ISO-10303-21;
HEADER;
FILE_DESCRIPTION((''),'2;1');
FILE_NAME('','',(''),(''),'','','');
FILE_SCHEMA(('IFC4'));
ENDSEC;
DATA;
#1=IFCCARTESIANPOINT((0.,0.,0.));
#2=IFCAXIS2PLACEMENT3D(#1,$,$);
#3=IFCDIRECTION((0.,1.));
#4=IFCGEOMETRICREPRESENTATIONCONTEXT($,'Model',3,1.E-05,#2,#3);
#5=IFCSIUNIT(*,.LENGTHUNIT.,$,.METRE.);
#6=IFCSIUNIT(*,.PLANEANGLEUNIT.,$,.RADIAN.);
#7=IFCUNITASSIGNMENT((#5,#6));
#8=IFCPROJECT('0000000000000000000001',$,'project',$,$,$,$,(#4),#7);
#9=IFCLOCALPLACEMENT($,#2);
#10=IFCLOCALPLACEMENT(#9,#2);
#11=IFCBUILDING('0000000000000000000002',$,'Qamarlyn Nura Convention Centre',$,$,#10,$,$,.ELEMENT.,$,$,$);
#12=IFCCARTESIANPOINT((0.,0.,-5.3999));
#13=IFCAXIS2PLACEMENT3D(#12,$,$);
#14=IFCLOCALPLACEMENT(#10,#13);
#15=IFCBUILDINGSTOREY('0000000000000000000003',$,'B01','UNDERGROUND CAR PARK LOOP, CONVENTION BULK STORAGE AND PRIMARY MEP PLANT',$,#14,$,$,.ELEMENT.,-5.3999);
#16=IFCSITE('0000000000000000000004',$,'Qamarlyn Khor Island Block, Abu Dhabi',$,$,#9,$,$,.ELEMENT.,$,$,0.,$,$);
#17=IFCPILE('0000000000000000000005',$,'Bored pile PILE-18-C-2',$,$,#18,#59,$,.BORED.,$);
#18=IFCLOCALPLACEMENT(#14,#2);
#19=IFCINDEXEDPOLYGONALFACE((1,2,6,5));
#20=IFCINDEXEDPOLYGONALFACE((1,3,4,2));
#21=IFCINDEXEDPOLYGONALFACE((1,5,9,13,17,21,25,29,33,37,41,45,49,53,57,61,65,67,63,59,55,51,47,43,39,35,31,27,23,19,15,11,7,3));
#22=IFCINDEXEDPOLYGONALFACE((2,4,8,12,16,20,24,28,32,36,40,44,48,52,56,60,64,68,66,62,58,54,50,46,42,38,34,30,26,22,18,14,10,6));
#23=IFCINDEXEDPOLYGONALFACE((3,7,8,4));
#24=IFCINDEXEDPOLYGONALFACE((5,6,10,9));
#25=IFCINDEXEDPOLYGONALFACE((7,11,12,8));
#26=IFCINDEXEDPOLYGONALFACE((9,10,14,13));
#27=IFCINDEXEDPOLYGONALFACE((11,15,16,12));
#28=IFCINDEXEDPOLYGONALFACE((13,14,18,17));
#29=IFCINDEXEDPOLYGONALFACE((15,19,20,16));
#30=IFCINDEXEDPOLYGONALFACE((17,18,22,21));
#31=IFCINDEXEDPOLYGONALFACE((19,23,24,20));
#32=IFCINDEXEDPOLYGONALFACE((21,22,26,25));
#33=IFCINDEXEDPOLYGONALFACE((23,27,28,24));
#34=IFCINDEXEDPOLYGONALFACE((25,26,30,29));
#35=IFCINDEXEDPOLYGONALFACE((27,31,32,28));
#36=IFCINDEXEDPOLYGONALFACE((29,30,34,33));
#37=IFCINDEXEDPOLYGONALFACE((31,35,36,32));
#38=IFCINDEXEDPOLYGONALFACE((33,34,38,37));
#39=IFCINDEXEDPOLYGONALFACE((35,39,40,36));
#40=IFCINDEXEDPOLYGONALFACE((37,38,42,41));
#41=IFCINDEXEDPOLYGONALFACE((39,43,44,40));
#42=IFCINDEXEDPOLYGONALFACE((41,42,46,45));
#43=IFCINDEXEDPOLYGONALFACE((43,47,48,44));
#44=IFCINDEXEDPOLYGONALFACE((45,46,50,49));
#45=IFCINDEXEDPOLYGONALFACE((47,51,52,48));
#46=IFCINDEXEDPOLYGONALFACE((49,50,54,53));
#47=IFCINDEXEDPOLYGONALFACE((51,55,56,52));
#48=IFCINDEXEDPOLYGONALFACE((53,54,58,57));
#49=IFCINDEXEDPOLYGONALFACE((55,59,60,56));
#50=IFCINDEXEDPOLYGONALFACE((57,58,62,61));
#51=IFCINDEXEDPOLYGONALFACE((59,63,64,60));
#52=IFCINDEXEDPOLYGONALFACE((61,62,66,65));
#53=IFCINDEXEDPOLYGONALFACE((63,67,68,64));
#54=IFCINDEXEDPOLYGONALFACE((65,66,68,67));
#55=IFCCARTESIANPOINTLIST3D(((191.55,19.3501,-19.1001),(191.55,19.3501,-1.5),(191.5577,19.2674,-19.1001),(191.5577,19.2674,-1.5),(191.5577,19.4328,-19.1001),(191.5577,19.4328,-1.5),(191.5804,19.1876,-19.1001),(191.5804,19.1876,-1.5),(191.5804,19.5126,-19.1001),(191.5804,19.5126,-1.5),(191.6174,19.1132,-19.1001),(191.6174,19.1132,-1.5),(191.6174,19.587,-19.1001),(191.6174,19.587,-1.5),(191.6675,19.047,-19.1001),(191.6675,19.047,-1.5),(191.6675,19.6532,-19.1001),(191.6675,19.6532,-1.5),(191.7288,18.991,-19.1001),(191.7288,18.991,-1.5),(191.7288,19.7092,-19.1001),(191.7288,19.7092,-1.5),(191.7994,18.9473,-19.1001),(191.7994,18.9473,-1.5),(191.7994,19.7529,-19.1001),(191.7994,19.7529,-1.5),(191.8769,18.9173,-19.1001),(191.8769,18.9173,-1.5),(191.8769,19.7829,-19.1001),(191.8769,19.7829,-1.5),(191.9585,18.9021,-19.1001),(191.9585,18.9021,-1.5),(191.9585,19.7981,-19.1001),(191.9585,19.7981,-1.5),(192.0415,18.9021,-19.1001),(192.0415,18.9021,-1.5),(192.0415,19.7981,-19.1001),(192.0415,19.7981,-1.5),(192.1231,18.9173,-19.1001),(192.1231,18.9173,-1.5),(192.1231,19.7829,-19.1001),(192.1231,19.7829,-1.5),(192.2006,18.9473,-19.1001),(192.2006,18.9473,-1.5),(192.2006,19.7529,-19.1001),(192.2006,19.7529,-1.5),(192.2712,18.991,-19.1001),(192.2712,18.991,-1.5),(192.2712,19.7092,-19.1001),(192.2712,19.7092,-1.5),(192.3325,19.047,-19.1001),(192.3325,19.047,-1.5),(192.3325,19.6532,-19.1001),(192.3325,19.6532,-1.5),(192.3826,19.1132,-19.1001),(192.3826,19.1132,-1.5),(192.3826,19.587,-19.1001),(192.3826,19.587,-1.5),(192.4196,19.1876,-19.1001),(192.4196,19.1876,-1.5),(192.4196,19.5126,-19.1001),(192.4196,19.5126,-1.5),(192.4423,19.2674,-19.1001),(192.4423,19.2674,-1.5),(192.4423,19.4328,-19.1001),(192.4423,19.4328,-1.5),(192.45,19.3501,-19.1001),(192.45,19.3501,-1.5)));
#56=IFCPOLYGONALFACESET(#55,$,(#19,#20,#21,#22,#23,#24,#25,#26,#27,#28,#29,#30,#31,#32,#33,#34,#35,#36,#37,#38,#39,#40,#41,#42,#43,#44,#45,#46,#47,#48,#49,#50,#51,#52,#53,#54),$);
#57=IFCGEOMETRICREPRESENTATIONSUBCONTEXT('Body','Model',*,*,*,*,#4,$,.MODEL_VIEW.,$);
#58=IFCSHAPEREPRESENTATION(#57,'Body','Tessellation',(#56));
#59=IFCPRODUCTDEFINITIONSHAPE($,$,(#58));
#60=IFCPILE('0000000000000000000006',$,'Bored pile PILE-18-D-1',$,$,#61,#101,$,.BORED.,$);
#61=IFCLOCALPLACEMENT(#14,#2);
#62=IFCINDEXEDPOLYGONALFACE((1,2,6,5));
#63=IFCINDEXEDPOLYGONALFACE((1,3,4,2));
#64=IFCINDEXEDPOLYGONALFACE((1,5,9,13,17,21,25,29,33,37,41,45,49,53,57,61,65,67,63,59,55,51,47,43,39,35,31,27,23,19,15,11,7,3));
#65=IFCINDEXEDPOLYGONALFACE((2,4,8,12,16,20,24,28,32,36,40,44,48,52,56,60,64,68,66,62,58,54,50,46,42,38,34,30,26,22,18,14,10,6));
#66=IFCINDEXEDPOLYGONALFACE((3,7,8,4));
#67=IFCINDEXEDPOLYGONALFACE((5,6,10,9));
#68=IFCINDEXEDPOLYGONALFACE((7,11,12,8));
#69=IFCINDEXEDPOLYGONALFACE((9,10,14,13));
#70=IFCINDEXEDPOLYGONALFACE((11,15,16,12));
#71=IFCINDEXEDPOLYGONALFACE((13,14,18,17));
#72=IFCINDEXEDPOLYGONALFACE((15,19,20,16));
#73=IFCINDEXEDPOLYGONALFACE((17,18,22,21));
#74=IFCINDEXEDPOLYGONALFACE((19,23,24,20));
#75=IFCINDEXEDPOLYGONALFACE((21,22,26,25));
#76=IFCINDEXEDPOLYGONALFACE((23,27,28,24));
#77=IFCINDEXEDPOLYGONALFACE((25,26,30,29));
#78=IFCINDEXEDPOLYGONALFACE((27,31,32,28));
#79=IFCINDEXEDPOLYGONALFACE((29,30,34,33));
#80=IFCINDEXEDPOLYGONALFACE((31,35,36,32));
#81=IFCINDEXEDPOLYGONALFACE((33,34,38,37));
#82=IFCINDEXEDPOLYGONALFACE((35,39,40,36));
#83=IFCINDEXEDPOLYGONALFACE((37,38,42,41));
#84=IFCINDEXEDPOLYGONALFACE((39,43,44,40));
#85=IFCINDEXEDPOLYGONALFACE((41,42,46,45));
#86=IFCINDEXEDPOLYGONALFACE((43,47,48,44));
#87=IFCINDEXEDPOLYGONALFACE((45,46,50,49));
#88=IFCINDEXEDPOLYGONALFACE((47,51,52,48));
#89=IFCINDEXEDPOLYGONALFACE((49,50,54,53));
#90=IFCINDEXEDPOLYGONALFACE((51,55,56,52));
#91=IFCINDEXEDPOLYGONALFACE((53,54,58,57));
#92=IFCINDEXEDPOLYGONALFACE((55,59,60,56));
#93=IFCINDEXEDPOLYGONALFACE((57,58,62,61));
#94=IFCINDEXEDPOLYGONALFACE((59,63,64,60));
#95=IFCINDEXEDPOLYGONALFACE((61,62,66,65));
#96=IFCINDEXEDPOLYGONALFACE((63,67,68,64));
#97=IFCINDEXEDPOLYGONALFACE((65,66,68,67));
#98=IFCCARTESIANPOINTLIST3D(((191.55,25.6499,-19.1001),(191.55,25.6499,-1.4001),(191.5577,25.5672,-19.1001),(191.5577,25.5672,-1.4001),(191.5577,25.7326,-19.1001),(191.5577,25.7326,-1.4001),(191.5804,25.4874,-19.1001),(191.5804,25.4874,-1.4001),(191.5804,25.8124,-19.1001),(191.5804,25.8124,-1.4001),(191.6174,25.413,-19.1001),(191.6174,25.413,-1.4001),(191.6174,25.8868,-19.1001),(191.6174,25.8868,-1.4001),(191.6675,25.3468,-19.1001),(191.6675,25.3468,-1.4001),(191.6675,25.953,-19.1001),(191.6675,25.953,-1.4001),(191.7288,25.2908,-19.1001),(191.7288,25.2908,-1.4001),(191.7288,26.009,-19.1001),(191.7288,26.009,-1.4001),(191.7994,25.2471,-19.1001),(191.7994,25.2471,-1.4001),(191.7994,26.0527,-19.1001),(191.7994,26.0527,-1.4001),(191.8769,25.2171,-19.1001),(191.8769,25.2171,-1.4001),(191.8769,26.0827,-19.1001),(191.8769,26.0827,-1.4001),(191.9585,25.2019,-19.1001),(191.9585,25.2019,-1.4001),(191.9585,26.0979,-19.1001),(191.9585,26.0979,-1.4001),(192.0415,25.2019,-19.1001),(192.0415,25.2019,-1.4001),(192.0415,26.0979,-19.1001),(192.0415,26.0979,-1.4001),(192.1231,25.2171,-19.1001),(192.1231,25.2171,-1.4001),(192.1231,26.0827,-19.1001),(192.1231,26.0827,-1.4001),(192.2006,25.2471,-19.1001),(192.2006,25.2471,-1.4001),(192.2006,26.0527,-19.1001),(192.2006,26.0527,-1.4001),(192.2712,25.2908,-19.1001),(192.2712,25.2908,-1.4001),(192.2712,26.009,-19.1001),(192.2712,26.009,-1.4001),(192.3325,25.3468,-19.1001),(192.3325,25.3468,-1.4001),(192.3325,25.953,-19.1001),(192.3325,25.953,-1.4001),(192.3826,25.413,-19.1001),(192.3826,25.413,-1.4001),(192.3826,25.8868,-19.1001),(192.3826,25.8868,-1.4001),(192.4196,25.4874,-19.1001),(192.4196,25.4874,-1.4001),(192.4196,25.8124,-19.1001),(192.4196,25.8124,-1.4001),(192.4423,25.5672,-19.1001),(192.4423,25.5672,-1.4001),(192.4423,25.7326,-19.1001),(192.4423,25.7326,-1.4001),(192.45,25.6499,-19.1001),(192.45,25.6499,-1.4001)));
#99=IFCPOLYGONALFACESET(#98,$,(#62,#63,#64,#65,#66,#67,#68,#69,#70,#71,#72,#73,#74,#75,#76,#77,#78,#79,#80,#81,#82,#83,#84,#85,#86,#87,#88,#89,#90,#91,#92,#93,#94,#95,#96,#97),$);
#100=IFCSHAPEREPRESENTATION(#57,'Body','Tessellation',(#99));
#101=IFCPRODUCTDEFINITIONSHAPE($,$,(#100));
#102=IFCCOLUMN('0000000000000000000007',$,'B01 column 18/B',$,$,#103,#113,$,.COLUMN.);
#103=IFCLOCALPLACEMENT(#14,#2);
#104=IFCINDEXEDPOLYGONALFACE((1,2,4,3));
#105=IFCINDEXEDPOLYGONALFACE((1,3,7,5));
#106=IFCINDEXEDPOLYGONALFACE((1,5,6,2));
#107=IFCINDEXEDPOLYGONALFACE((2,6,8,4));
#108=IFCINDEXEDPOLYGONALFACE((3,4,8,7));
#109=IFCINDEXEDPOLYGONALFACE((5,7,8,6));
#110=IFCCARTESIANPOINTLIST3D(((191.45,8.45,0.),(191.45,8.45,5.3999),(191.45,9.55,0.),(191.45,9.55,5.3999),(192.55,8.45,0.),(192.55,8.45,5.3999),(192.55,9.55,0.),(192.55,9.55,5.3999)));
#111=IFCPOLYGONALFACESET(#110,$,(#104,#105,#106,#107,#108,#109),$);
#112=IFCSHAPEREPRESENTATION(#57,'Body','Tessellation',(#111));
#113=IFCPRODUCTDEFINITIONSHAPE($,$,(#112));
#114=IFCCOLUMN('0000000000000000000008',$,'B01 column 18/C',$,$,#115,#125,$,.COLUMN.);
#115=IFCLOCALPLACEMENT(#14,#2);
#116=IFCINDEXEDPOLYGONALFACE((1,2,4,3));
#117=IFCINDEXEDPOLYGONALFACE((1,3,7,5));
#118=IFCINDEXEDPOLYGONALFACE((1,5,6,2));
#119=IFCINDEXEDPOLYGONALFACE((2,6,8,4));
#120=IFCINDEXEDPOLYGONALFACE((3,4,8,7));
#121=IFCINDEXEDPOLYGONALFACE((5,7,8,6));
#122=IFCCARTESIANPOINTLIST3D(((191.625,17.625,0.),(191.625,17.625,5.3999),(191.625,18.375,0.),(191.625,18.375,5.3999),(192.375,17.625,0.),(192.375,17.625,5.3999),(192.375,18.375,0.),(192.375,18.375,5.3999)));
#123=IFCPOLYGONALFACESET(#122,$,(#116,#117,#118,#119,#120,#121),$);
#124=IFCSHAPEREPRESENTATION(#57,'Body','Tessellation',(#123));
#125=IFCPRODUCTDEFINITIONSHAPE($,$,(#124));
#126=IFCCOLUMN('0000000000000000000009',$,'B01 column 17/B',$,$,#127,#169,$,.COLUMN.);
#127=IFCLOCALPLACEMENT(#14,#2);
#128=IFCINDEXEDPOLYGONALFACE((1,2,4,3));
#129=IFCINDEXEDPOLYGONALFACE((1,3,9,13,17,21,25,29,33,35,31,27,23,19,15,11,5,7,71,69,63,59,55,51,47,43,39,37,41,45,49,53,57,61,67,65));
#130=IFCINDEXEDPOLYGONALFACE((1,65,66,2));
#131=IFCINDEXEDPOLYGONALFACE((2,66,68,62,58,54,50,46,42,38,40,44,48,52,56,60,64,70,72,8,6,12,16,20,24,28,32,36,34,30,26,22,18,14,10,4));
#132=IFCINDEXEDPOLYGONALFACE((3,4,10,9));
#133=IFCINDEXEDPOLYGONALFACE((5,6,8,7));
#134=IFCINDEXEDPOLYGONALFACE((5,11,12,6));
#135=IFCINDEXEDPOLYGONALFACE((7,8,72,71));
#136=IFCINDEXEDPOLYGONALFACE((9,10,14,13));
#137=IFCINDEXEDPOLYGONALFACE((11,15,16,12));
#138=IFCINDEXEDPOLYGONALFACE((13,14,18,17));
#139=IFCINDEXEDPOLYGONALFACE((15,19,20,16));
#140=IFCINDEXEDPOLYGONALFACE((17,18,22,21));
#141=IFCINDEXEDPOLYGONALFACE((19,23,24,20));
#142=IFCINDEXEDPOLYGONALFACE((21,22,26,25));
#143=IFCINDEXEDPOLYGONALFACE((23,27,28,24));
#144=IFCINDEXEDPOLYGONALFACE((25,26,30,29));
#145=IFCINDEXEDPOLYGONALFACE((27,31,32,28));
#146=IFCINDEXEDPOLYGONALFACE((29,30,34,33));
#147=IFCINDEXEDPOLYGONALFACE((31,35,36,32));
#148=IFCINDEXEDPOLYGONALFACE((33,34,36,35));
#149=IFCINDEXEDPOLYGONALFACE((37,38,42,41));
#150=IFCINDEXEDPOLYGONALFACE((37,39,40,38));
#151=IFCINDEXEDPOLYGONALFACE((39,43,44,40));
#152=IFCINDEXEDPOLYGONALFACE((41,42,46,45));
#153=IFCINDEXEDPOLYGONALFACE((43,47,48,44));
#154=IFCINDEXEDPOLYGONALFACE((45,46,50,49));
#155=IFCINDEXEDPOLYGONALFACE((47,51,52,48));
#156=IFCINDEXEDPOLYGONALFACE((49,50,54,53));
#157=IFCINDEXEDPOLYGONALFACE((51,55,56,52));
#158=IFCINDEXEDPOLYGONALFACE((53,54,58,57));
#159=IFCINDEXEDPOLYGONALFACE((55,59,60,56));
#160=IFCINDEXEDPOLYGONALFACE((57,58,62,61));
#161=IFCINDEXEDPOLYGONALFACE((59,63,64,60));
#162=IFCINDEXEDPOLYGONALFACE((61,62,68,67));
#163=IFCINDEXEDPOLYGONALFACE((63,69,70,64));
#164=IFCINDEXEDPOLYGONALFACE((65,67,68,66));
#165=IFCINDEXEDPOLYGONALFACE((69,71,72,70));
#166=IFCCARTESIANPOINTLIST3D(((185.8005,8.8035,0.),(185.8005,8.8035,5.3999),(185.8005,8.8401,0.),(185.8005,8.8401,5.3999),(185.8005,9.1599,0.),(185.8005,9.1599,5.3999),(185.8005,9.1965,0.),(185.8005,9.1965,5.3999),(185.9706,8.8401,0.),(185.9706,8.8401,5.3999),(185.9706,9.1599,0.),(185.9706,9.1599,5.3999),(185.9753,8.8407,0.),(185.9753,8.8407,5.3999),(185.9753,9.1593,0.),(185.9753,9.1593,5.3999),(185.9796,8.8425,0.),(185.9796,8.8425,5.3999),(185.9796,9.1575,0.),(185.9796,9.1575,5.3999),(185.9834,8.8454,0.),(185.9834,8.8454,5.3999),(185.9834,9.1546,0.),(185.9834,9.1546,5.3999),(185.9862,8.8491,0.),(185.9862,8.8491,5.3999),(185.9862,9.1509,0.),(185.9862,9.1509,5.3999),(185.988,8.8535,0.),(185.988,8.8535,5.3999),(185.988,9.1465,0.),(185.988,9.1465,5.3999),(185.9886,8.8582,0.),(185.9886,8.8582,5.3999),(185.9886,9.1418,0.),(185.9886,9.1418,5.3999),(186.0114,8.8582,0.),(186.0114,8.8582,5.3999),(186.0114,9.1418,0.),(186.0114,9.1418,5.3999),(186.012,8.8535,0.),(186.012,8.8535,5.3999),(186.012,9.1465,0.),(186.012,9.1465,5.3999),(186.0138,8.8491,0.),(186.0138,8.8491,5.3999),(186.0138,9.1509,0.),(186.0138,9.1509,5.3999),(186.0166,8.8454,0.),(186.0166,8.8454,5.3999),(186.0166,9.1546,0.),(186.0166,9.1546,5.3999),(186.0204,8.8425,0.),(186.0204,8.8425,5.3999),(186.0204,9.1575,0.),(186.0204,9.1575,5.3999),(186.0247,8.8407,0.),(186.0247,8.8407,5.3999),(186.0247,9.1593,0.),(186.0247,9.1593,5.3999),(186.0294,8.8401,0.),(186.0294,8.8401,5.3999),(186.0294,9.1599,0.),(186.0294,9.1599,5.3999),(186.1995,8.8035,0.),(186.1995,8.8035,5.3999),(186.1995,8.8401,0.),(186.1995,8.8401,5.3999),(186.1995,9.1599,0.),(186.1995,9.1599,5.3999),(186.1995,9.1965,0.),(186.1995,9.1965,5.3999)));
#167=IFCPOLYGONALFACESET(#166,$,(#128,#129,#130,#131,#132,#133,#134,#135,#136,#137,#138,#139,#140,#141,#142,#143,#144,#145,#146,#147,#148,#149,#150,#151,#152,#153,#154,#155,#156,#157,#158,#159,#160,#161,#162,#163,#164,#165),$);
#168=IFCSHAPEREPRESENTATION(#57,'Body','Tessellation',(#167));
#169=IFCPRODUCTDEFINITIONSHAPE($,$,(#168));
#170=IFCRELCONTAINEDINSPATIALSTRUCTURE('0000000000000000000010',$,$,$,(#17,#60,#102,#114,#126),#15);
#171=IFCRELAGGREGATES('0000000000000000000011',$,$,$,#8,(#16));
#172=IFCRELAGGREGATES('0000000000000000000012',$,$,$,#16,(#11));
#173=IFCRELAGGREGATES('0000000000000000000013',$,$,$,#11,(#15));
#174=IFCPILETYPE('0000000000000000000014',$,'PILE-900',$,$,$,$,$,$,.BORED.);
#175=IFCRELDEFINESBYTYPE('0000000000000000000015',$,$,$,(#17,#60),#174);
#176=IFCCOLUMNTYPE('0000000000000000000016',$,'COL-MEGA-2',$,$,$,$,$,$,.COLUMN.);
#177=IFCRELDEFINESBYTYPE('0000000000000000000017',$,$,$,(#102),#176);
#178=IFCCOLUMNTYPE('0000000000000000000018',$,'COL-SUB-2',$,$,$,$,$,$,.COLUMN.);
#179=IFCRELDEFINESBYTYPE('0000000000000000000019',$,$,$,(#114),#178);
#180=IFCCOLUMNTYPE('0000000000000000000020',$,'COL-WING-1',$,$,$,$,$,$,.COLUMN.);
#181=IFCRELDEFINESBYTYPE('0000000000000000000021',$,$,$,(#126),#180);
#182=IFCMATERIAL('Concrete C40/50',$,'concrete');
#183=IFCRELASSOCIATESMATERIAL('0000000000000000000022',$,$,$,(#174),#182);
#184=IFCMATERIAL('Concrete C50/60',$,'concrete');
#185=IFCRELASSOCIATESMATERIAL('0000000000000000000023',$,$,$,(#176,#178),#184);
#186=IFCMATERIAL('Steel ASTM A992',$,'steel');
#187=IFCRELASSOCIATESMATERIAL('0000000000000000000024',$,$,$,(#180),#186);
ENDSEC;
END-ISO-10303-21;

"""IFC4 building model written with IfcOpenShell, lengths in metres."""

from ifc_helpers import new_model, si_unit, direction, frame, origin, origin_2d, place, context, subcontext, project, spatial, rectangle, circle, i_section, extrude, material, material_profile, profile_set, type_object, element, save


model = new_model("IFC4")

# Units and contexts
model_context = context("Model", 3, precision=1e-05, world=origin(), true_north=direction((0.0, 1.0)))
body_context = subcontext(model_context, "Body", "Model", "MODEL_VIEW")
ifc_project = project(units=[si_unit("LENGTHUNIT", "METRE"), si_unit("PLANEANGLEUNIT", "RADIAN")], contexts=[model_context])

# Site, building, storey
site_placement = place(None, origin())
site = spatial("IfcSite", under=ifc_project, at=site_placement, Name="Qamarlyn Khor Island Block, Abu Dhabi", CompositionType="ELEMENT", RefElevation=0.0)
building_placement = place(site_placement, origin())
building = spatial("IfcBuilding", under=site, at=building_placement, Name="Qamarlyn Nura Convention Centre", CompositionType="ELEMENT")
storey_placement = place(building_placement, frame((0.0, 0.0, -5.3999)))
storey = spatial("IfcBuildingStorey", under=building, at=storey_placement, Name="B01", Description="UNDERGROUND CAR PARK LOOP, CONVENTION BULK STORAGE AND PRIMARY MEP PLANT", CompositionType="ELEMENT", Elevation=-5.3999)

# Shared definitions
ifc_material_1 = material(Name="Concrete C40/50", Category="concrete")

# Piles
ifc_material_profile_1 = material_profile(ifc_material_1, circle(Radius=0.45, at=origin_2d()), Name="BORED PILE 900")
ifc_profile_set_1 = profile_set([ifc_material_profile_1], Name="Concrete C40/50")
pile_type = type_object("IfcPileType", Name="PILE-900", PredefinedType="BORED", material=ifc_profile_set_1)
for number, where, z_axis, x_axis, name in (
    (1, (192.0, 19.3501, -1.5), (0.0, 0.0, -1.0), (1.0, 0.0, 0.0), "Bored pile PILE-18-C-2"),
):
    element("IfcPile", number, at=place(storey_placement, frame(where, z_axis=z_axis, x_axis=x_axis)), inside=storey, type_object=pile_type, Name=name, PredefinedType="BORED", context=body_context, shape_type="SweptSolid", body=[
        extrude(circle(Radius=0.45, at=origin_2d()), origin(), (0.0, 0.0, 1.0), 17.6001),
    ])
pile_1_placement = place(storey_placement, frame((192.0, 25.6499, -1.4001), z_axis=(0.0, 0.0, -1.0), x_axis=(1.0, 0.0, 0.0)))
element("IfcPile", 2, at=pile_1_placement, inside=storey, type_object=pile_type, Name="Bored pile PILE-18-D-1", PredefinedType="BORED", context=body_context, shape_type="SweptSolid", body=[
    extrude(circle(Radius=0.45, at=origin_2d()), origin(), (0.0, 0.0, 1.0), 17.7),
])

# Columns
ifc_material_2 = material(Name="Concrete C50/60", Category="concrete")
ifc_material_profile_2 = material_profile(ifc_material_2, rectangle(XDim=1.1001, YDim=1.1001, at=origin_2d()), Name="RC 1100x1100")
ifc_profile_set_2 = profile_set([ifc_material_profile_2], Name="Concrete C50/60")
column_type_1 = type_object("IfcColumnType", Name="COL-MEGA-2", PredefinedType="COLUMN", material=ifc_profile_set_2)
column_1_placement = place(storey_placement, frame((192.0, 9.0, 0.0), z_axis=(0.0, 0.0, 1.0), x_axis=(1.0, 0.0, 0.0)))
element("IfcColumn", 3, at=column_1_placement, inside=storey, type_object=column_type_1, Name="B01 column 18/B", PredefinedType="COLUMN", context=body_context, shape_type="SweptSolid", body=[
    extrude(rectangle(XDim=1.1001, YDim=1.1001, at=origin_2d()), origin(), (0.0, 0.0, 1.0), 5.3999),
])
ifc_material_profile_3 = material_profile(ifc_material_2, rectangle(XDim=0.75, YDim=0.75, at=origin_2d()), Name="RC 750x750")
ifc_profile_set_3 = profile_set([ifc_material_profile_3], Name="Concrete C50/60")
column_type_2 = type_object("IfcColumnType", Name="COL-SUB-2", PredefinedType="COLUMN", material=ifc_profile_set_3)
column_2_placement = place(storey_placement, frame((192.0, 18.0, 0.0), z_axis=(0.0, 0.0, 1.0), x_axis=(1.0, 0.0, 0.0)))
element("IfcColumn", 4, at=column_2_placement, inside=storey, type_object=column_type_2, Name="B01 column 18/C", PredefinedType="COLUMN", context=body_context, shape_type="SweptSolid", body=[
    extrude(rectangle(XDim=0.75, YDim=0.75, at=origin_2d()), origin(), (0.0, 0.0, 1.0), 5.3999),
])
ifc_material_3 = material(Name="Steel ASTM A992", Category="steel")
ifc_material_profile_4 = material_profile(ifc_material_3, i_section(OverallWidth=0.3989, OverallDepth=0.3931, WebThickness=0.0227, FlangeThickness=0.0366, FilletRadius=0.0181, at=origin_2d()), Name="W360X287")
ifc_profile_set_4 = profile_set([ifc_material_profile_4], Name="Steel ASTM A992")
column_type_3 = type_object("IfcColumnType", Name="COL-WING-1", PredefinedType="COLUMN", material=ifc_profile_set_4)
column_3_placement = place(storey_placement, frame((186.0, 9.0, 0.0), z_axis=(0.0, 0.0, 1.0), x_axis=(1.0, 0.0, 0.0)))
element("IfcColumn", 5, at=column_3_placement, inside=storey, type_object=column_type_3, Name="B01 column 17/B", PredefinedType="COLUMN", context=body_context, shape_type="SweptSolid", body=[
    extrude(i_section(OverallWidth=0.3989, OverallDepth=0.3931, WebThickness=0.0227, FlangeThickness=0.0366, FilletRadius=0.0181, at=origin_2d()), origin(), (0.0, 0.0, 1.0), 5.3999),
])

save(model, "model.ifc")
